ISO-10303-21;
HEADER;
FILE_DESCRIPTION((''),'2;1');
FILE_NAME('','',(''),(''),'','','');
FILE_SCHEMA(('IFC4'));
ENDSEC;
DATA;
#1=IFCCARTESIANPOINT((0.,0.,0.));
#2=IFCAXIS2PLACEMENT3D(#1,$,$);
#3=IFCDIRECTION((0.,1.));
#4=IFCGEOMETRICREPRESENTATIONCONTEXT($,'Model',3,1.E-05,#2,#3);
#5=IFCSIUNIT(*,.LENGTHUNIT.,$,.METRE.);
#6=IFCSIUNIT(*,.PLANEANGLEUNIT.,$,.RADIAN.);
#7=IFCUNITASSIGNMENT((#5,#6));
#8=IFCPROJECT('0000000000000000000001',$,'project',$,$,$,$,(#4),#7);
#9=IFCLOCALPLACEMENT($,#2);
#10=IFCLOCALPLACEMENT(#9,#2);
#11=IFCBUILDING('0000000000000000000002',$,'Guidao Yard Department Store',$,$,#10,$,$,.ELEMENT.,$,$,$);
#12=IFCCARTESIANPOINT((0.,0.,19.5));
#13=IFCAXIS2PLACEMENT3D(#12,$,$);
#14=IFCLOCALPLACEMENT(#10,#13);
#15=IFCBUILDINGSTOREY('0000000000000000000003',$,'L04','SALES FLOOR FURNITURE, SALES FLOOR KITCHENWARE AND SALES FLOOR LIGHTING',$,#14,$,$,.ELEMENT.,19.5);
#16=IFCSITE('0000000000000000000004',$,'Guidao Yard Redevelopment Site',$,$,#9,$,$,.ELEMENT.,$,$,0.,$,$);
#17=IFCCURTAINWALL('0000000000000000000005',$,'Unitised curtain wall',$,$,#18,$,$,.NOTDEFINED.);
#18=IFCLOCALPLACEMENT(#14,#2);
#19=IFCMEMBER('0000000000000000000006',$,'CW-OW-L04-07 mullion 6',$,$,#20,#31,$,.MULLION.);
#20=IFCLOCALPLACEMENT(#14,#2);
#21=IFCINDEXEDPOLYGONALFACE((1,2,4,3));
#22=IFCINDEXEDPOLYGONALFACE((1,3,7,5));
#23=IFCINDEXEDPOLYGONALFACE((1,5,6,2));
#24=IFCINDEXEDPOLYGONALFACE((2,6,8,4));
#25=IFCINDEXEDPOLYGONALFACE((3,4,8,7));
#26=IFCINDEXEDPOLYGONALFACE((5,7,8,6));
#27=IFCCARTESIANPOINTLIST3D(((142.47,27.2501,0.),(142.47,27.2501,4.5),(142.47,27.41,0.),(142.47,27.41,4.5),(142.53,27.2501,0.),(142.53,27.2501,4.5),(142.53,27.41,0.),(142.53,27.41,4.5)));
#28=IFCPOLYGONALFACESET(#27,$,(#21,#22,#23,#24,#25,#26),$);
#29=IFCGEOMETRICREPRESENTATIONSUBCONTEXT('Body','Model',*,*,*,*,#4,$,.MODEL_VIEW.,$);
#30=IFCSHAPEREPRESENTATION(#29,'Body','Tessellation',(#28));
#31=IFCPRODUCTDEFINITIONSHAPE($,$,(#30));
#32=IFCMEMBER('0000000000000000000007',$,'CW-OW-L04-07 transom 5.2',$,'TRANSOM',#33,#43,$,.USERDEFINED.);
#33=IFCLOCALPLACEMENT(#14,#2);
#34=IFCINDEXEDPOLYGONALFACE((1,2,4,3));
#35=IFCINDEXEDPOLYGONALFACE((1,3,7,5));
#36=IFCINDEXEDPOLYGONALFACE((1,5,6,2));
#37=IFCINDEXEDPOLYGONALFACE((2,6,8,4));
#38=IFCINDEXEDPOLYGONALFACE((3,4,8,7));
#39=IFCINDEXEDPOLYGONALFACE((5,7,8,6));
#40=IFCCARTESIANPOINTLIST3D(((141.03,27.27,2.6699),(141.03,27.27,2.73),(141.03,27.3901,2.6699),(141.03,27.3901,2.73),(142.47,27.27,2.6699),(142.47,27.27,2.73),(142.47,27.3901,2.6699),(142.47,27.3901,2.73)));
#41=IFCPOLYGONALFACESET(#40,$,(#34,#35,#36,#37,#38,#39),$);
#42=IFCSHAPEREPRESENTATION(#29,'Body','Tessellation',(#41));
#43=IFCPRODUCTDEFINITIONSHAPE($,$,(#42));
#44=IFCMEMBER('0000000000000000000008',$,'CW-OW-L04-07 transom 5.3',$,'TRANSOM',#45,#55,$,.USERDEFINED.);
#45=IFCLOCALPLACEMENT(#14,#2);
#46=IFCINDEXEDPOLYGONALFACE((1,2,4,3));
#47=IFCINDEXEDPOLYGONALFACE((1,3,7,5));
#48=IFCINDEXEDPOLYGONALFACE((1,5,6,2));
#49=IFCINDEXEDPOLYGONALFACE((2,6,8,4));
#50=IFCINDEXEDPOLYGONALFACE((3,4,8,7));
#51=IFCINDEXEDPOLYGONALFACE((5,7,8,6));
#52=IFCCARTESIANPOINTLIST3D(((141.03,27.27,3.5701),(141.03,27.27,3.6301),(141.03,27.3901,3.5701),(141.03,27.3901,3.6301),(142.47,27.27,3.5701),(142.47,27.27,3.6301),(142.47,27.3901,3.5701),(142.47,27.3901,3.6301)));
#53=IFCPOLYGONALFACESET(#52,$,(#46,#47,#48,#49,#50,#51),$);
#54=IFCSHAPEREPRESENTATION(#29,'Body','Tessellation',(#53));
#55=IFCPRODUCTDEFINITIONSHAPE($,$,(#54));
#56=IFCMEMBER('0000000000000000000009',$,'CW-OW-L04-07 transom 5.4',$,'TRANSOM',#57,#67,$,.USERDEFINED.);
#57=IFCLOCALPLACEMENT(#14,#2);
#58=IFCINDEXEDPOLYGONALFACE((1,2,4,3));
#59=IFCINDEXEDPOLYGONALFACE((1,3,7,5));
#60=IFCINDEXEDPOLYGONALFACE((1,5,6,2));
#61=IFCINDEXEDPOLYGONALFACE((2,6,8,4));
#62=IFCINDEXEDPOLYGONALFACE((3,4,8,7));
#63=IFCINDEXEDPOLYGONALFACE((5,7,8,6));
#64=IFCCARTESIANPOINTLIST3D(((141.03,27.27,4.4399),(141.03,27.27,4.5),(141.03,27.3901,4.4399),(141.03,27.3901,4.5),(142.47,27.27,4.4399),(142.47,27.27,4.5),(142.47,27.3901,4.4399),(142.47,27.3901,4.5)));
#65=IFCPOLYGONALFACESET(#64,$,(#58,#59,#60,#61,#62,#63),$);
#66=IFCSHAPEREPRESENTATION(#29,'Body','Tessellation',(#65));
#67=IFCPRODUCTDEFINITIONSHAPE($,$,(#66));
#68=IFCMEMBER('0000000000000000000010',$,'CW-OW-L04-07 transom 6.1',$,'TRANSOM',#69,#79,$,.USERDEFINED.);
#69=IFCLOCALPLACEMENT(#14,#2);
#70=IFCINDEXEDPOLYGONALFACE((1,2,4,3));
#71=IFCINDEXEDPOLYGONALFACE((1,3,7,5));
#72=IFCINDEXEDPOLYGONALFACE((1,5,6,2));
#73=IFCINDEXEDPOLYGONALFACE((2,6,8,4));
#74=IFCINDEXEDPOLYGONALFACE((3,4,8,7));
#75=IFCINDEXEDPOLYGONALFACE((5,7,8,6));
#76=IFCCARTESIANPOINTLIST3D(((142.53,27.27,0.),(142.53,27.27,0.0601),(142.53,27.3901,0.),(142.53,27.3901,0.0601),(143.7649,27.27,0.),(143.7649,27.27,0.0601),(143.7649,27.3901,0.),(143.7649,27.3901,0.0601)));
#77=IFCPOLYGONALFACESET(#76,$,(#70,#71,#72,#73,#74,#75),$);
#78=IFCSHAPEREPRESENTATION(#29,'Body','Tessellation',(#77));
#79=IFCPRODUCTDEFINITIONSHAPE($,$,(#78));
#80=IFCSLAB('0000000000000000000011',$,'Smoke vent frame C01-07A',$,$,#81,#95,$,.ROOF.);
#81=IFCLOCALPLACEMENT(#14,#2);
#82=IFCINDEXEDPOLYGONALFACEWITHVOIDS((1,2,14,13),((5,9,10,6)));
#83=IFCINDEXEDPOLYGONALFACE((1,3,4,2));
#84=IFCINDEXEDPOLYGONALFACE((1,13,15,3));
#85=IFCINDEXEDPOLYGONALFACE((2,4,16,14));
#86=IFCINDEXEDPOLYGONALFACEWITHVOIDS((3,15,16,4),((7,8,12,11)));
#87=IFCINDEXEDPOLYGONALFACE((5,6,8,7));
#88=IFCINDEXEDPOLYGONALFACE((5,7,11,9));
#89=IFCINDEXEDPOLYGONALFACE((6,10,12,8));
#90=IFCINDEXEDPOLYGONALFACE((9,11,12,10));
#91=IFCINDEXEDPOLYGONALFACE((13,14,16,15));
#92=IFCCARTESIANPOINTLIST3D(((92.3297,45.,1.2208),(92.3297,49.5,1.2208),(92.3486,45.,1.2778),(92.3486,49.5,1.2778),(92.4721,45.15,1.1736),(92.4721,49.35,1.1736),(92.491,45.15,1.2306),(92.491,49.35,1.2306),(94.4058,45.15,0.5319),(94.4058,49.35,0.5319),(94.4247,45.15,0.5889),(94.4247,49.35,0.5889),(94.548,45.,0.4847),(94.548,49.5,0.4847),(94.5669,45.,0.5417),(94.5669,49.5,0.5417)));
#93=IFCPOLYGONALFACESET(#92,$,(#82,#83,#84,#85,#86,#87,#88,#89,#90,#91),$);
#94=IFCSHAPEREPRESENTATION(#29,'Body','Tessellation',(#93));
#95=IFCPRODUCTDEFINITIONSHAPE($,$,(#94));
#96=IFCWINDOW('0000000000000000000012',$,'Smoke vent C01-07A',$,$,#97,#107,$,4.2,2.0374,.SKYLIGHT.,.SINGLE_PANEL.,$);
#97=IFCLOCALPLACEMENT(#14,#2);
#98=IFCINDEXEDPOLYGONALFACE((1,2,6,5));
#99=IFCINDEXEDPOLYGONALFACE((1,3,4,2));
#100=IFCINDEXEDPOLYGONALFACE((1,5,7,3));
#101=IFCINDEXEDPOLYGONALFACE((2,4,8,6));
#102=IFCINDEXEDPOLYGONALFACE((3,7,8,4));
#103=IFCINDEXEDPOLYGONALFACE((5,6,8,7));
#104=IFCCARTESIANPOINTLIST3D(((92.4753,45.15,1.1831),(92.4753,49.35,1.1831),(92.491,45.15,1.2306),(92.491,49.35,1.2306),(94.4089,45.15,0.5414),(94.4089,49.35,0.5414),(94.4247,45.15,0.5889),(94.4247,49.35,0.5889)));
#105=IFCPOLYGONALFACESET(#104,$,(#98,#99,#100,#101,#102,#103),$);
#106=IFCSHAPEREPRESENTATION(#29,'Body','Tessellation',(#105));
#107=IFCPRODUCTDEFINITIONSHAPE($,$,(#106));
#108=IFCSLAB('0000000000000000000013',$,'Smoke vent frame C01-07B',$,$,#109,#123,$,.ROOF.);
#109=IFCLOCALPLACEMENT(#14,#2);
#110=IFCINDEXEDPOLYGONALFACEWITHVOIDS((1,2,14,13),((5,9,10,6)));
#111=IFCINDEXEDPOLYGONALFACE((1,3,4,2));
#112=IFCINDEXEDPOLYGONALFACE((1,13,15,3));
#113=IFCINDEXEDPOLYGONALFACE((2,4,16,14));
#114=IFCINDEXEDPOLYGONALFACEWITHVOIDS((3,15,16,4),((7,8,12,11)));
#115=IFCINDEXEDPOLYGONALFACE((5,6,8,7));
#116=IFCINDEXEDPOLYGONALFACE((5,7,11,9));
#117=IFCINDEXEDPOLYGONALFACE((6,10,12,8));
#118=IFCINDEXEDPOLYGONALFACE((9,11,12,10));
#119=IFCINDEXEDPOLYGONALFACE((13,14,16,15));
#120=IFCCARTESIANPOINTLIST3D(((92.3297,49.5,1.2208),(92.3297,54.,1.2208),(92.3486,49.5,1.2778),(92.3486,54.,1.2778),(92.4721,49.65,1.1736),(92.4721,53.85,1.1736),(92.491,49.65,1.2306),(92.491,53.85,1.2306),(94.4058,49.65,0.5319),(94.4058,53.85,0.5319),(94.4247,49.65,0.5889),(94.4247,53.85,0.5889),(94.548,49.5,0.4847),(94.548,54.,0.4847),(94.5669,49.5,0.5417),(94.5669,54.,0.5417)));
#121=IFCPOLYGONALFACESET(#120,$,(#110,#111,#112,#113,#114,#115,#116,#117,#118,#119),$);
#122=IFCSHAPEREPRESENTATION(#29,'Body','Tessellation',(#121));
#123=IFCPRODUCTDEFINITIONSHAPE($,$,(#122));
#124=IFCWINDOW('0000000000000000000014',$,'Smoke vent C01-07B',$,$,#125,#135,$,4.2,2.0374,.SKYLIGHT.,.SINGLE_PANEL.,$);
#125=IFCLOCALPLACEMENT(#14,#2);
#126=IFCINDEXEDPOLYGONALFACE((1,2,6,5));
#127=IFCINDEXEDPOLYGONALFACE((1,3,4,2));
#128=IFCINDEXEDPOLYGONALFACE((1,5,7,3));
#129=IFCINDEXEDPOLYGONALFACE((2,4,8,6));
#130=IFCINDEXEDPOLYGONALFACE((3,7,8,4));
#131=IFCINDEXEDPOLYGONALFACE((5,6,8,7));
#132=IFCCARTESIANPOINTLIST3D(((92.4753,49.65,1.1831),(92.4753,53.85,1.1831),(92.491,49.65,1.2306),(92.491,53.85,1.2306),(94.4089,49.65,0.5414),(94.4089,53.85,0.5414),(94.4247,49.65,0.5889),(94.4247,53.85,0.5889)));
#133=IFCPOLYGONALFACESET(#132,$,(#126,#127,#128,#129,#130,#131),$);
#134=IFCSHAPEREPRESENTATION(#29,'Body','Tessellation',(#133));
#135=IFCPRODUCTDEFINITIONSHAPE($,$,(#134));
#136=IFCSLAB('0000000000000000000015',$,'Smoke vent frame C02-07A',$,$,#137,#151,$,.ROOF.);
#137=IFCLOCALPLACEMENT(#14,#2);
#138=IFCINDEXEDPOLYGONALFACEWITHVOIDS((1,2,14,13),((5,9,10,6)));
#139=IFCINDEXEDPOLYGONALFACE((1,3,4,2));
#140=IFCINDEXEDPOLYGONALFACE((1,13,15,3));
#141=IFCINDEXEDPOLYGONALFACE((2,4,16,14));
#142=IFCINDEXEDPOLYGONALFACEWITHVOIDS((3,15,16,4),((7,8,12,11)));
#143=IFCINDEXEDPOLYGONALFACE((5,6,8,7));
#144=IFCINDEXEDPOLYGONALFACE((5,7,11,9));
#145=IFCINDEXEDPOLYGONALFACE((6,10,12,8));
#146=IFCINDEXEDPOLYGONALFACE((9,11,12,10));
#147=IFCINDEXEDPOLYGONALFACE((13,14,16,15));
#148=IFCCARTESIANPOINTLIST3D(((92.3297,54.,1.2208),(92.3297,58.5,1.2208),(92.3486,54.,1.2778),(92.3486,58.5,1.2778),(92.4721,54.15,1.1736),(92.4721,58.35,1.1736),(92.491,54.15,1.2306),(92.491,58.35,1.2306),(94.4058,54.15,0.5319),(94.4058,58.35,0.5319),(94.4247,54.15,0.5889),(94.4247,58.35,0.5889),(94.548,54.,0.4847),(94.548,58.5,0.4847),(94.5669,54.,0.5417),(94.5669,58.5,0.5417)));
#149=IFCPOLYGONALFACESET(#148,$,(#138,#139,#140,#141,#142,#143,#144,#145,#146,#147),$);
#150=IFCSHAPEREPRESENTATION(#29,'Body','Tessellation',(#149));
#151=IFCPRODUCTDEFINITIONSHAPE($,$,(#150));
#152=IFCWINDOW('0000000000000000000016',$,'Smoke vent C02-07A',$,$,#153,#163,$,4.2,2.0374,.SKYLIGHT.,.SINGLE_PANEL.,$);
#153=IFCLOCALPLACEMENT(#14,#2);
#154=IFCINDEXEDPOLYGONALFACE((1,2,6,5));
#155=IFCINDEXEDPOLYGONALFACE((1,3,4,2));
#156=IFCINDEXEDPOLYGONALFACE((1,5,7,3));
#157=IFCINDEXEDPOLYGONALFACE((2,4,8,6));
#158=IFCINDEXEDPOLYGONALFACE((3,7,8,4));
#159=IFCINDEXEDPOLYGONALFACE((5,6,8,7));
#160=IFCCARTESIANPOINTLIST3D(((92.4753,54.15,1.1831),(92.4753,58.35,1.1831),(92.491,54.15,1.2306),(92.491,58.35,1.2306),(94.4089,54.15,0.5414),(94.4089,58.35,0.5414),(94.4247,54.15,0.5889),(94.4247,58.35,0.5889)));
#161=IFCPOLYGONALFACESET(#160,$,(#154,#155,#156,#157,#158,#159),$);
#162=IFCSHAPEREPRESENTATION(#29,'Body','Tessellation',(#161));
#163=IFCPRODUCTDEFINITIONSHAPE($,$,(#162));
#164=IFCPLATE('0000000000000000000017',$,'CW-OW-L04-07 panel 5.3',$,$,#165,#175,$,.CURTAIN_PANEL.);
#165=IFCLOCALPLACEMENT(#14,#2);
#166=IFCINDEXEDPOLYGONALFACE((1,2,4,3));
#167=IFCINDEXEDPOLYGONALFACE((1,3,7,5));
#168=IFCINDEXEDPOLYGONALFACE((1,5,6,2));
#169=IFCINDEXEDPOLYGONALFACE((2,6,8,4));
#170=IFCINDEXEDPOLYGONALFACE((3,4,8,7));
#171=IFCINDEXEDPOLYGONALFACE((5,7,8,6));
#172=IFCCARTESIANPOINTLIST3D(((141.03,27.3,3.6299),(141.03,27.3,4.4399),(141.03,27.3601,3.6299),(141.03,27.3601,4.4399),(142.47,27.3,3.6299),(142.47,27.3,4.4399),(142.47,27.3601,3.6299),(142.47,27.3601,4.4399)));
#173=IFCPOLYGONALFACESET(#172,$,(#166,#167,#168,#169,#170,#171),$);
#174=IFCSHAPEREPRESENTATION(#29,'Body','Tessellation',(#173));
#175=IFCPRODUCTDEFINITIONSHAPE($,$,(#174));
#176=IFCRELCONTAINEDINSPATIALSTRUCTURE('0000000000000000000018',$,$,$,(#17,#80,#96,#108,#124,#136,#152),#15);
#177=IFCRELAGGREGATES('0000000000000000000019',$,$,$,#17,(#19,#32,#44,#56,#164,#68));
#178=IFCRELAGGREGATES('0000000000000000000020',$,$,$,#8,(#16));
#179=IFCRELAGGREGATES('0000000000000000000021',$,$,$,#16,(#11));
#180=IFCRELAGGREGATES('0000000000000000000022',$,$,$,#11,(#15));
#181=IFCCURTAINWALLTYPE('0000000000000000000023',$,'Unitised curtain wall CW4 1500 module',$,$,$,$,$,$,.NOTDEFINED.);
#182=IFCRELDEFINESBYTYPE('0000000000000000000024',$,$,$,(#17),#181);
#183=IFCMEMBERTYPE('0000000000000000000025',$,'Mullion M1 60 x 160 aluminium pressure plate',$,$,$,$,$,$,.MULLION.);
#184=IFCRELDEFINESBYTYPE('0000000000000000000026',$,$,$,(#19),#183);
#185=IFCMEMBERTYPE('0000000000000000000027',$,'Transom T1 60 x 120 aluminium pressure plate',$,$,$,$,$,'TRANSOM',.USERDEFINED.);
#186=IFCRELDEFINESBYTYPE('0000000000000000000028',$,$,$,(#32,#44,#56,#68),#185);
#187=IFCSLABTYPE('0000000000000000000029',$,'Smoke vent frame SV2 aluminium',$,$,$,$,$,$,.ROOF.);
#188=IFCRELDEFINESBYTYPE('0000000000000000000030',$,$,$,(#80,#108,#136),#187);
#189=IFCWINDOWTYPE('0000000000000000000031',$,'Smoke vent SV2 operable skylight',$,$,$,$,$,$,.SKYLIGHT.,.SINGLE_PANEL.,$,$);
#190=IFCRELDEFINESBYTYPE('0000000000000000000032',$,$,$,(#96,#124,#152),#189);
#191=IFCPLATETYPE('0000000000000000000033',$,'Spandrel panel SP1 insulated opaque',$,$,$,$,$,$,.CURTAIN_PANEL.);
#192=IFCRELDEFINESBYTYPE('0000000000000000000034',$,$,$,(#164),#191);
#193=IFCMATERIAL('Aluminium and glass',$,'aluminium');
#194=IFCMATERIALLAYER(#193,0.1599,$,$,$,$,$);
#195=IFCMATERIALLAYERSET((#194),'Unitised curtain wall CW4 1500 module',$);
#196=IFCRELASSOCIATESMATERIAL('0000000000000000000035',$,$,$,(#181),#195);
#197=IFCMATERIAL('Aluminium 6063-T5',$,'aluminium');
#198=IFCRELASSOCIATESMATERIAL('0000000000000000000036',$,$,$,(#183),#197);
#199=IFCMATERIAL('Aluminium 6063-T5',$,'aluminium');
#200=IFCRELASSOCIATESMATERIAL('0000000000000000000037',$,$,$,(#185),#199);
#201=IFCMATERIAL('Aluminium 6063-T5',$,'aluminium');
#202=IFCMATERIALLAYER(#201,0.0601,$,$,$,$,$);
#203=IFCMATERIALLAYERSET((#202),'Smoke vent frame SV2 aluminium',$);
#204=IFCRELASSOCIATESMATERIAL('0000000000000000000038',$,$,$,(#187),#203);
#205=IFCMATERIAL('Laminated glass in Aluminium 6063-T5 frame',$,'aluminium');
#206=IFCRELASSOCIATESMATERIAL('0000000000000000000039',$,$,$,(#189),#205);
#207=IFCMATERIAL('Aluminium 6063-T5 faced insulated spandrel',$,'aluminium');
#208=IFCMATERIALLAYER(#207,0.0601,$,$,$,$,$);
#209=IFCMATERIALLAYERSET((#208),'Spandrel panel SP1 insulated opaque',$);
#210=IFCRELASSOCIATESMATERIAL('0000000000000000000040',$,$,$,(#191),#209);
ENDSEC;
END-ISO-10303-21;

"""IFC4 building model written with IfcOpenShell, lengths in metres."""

from ifc_helpers import new_model, si_unit, direction, frame, origin, origin_2d, place, context, subcontext, project, spatial, polyline, rectangle, outline, extrude, material, layer, layer_set, material_profile, profile_set, type_object, element, fill, aggregate, save


model = new_model("IFC4")

# Units and contexts
model_context = context("Model", 3, precision=1e-05, world=origin(), true_north=direction((0.0, 1.0)))
body_context = subcontext(model_context, "Body", "Model", "MODEL_VIEW")
ifc_project = project(units=[si_unit("LENGTHUNIT", "METRE"), si_unit("PLANEANGLEUNIT", "RADIAN")], contexts=[model_context])

# Site, building, storey
site_placement = place(None, origin())
site = spatial("IfcSite", under=ifc_project, at=site_placement, Name="Guidao Yard Redevelopment Site", CompositionType="ELEMENT", RefElevation=0.0)
building_placement = place(site_placement, origin())
building = spatial("IfcBuilding", under=site, at=building_placement, Name="Guidao Yard Department Store", CompositionType="ELEMENT")
storey_placement = place(building_placement, frame((0.0, 0.0, 19.5)))
storey = spatial("IfcBuildingStorey", under=building, at=storey_placement, Name="L04", Description="SALES FLOOR FURNITURE, SALES FLOOR KITCHENWARE AND SALES FLOOR LIGHTING", CompositionType="ELEMENT", Elevation=19.5)

# Curtain wall, members
ifc_material_1 = material(Name="Aluminium and glass", Category="aluminium")
ifc_layer_1 = layer(ifc_material_1, 0.1599)
ifc_layer_set_1 = layer_set([ifc_layer_1], Name="Unitised curtain wall CW4 1500 module")
curtain_wall_type = type_object("IfcCurtainWallType", Name="Unitised curtain wall CW4 1500 module", PredefinedType="NOTDEFINED", material=ifc_layer_set_1)
curtain_wall_placement = place(storey_placement, origin())
curtain_wall = element("IfcCurtainWall", 1, at=curtain_wall_placement, inside=storey, type_object=curtain_wall_type, Name="Unitised curtain wall", PredefinedType="NOTDEFINED")
ifc_material_2 = material(Name="Aluminium 6063-T5", Category="aluminium")
ifc_material_profile_1 = material_profile(ifc_material_2, rectangle(XDim=0.0601, YDim=0.1599, at=origin_2d()), Name="Mullion M1 60 x 160 aluminium pressure plate")
ifc_profile_set_1 = profile_set([ifc_material_profile_1], Name="Aluminium 6063-T5")
member_type_1 = type_object("IfcMemberType", Name="Mullion M1 60 x 160 aluminium pressure plate", PredefinedType="MULLION", material=ifc_profile_set_1)
member_1_placement = place(storey_placement, frame((142.5, 27.3301, 0.0), z_axis=(0.0, 0.0, 1.0), x_axis=(1.0, 0.0, 0.0)))
member_1 = element("IfcMember", 2, at=member_1_placement, type_object=member_type_1, Name="CW-OW-L04-07 mullion 6", PredefinedType="MULLION", context=body_context, shape_type="SweptSolid", body=[
    extrude(rectangle(XDim=0.0601, YDim=0.1599, at=origin_2d()), origin(), (0.0, 0.0, 1.0), 4.5),
])
ifc_material_3 = material(Name="Aluminium 6063-T5", Category="aluminium")
ifc_material_profile_2 = material_profile(ifc_material_3, rectangle(XDim=0.1201, YDim=0.0601, at=origin_2d()), Name="Transom T1 60 x 120 aluminium pressure plate")
ifc_profile_set_2 = profile_set([ifc_material_profile_2], Name="Aluminium 6063-T5")
member_type_2 = type_object("IfcMemberType", Name="Transom T1 60 x 120 aluminium pressure plate", ElementType="TRANSOM", PredefinedType="USERDEFINED", material=ifc_profile_set_2)
member_2_placement = place(storey_placement, frame((141.03, 27.3301, 2.7), z_axis=(1.0, 0.0, 0.0), x_axis=(0.0, 1.0, 0.0)))
member_2 = element("IfcMember", 3, at=member_2_placement, type_object=member_type_2, Name="CW-OW-L04-07 transom 5.2", ObjectType="TRANSOM", PredefinedType="USERDEFINED", context=body_context, shape_type="SweptSolid", body=[
    extrude(rectangle(XDim=0.1201, YDim=0.0601, at=origin_2d()), origin(), (0.0, 0.0, 1.0), 1.4399),
])
member_3_placement = place(storey_placement, frame((141.03, 27.3301, 3.6001), z_axis=(1.0, 0.0, 0.0), x_axis=(0.0, 1.0, 0.0)))
member_3 = element("IfcMember", 4, at=member_3_placement, type_object=member_type_2, Name="CW-OW-L04-07 transom 5.3", ObjectType="TRANSOM", PredefinedType="USERDEFINED", context=body_context, shape_type="SweptSolid", body=[
    extrude(rectangle(XDim=0.1201, YDim=0.0601, at=origin_2d()), origin(), (0.0, 0.0, 1.0), 1.4399),
])
member_4_placement = place(storey_placement, frame((141.03, 27.3301, 4.47), z_axis=(1.0, 0.0, 0.0), x_axis=(0.0, 1.0, 0.0)))
member_4 = element("IfcMember", 5, at=member_4_placement, type_object=member_type_2, Name="CW-OW-L04-07 transom 5.4", ObjectType="TRANSOM", PredefinedType="USERDEFINED", context=body_context, shape_type="SweptSolid", body=[
    extrude(rectangle(XDim=0.1201, YDim=0.0601, at=origin_2d()), origin(), (0.0, 0.0, 1.0), 1.4399),
])
member_5_placement = place(storey_placement, frame((142.53, 27.3301, 0.03), z_axis=(1.0, 0.0, 0.0), x_axis=(0.0, 1.0, 0.0)))
member_5 = element("IfcMember", 6, at=member_5_placement, type_object=member_type_2, Name="CW-OW-L04-07 transom 6.1", ObjectType="TRANSOM", PredefinedType="USERDEFINED", context=body_context, shape_type="SweptSolid", body=[
    extrude(rectangle(XDim=0.1201, YDim=0.0601, at=origin_2d()), origin(), (0.0, 0.0, 1.0), 1.2349),
])

# Slabs, openings, windows
ifc_material_4 = material(Name="Aluminium 6063-T5", Category="aluminium")
ifc_layer_2 = layer(ifc_material_4, 0.0601)
ifc_layer_set_2 = layer_set([ifc_layer_2], Name="Smoke vent frame SV2 aluminium")
slab_type = type_object("IfcSlabType", Name="Smoke vent frame SV2 aluminium", PredefinedType="ROOF", material=ifc_layer_set_2)
slab_1_placement = place(storey_placement, frame((92.3486, 45.0, 1.2778), z_axis=(0.314943, 0.0, 0.949111), x_axis=(0.949111, 0.0, -0.314943)))
slab_1 = element("IfcSlab", 7, at=slab_1_placement, inside=storey, type_object=slab_type, Name="Smoke vent frame C01-07A", PredefinedType="ROOF", context=body_context, shape_type="SweptSolid", body=[
    extrude(outline(polyline([(0.0, 0.0), (2.3372, 0.0), (2.3372, 4.5), (0.0, 4.5), (0.0, 0.0)])), origin(), (0.0, 0.0, -1.0), 0.0601),
])
opening_1_placement = place(slab_1_placement, frame((1.1687, 2.25, 0.0)))
opening_1 = element("IfcOpeningElement", 8, at=opening_1_placement, cuts=slab_1, PredefinedType="OPENING", context=body_context, shape_type="SweptSolid", body=[
    extrude(rectangle(XDim=2.0374, YDim=4.2, at=origin_2d()), frame((0.0, 0.0, 0.01)), (0.0, 0.0, -1.0), 0.0801),
])
ifc_material_5 = material(Name="Laminated glass in Aluminium 6063-T5 frame", Category="aluminium")
window_type = type_object("IfcWindowType", Name="Smoke vent SV2 operable skylight", PartitioningType="SINGLE_PANEL", PredefinedType="SKYLIGHT", material=ifc_material_5)
window_1_placement = place(opening_1_placement, frame((0.0, 0.0, -0.05)))
window_1 = element("IfcWindow", 9, at=window_1_placement, inside=storey, type_object=window_type, Name="Smoke vent C01-07A", OverallHeight=4.2, OverallWidth=2.0374, PartitioningType="SINGLE_PANEL", PredefinedType="SKYLIGHT", context=body_context, shape_type="SweptSolid", body=[
    extrude(rectangle(XDim=2.0374, YDim=4.2, at=origin_2d()), origin(), (0.0, 0.0, 1.0), 0.05),
])
fill(opening_1, window_1)
slab_2_placement = place(storey_placement, frame((92.3486, 49.5, 1.2778), z_axis=(0.314943, 0.0, 0.949111), x_axis=(0.949111, 0.0, -0.314943)))
slab_2 = element("IfcSlab", 10, at=slab_2_placement, inside=storey, type_object=slab_type, Name="Smoke vent frame C01-07B", PredefinedType="ROOF", context=body_context, shape_type="SweptSolid", body=[
    extrude(outline(polyline([(0.0, 0.0), (2.3372, 0.0), (2.3372, 4.5), (0.0, 4.5), (0.0, 0.0)])), origin(), (0.0, 0.0, -1.0), 0.0601),
])
opening_2_placement = place(slab_2_placement, frame((1.1687, 2.25, 0.0)))
opening_2 = element("IfcOpeningElement", 11, at=opening_2_placement, cuts=slab_2, PredefinedType="OPENING", context=body_context, shape_type="SweptSolid", body=[
    extrude(rectangle(XDim=2.0374, YDim=4.2, at=origin_2d()), frame((0.0, 0.0, 0.01)), (0.0, 0.0, -1.0), 0.0801),
])
window_2_placement = place(opening_2_placement, frame((0.0, 0.0, -0.05)))
window_2 = element("IfcWindow", 12, at=window_2_placement, inside=storey, type_object=window_type, Name="Smoke vent C01-07B", OverallHeight=4.2, OverallWidth=2.0374, PartitioningType="SINGLE_PANEL", PredefinedType="SKYLIGHT", context=body_context, shape_type="SweptSolid", body=[
    extrude(rectangle(XDim=2.0374, YDim=4.2, at=origin_2d()), origin(), (0.0, 0.0, 1.0), 0.05),
])
fill(opening_2, window_2)
slab_3_placement = place(storey_placement, frame((92.3486, 54.0, 1.2778), z_axis=(0.314943, 0.0, 0.949111), x_axis=(0.949111, 0.0, -0.314943)))
slab_3 = element("IfcSlab", 13, at=slab_3_placement, inside=storey, type_object=slab_type, Name="Smoke vent frame C02-07A", PredefinedType="ROOF", context=body_context, shape_type="SweptSolid", body=[
    extrude(outline(polyline([(0.0, 0.0), (2.3372, 0.0), (2.3372, 4.5), (0.0, 4.5), (0.0, 0.0)])), origin(), (0.0, 0.0, -1.0), 0.0601),
])
opening_3_placement = place(slab_3_placement, frame((1.1687, 2.25, 0.0)))
opening_3 = element("IfcOpeningElement", 14, at=opening_3_placement, cuts=slab_3, PredefinedType="OPENING", context=body_context, shape_type="SweptSolid", body=[
    extrude(rectangle(XDim=2.0374, YDim=4.2, at=origin_2d()), frame((0.0, 0.0, 0.01)), (0.0, 0.0, -1.0), 0.0801),
])
window_3_placement = place(opening_3_placement, frame((0.0, 0.0, -0.05)))
window_3 = element("IfcWindow", 15, at=window_3_placement, inside=storey, type_object=window_type, Name="Smoke vent C02-07A", OverallHeight=4.2, OverallWidth=2.0374, PartitioningType="SINGLE_PANEL", PredefinedType="SKYLIGHT", context=body_context, shape_type="SweptSolid", body=[
    extrude(rectangle(XDim=2.0374, YDim=4.2, at=origin_2d()), origin(), (0.0, 0.0, 1.0), 0.05),
])
fill(opening_3, window_3)

# Plate
ifc_material_6 = material(Name="Aluminium 6063-T5 faced insulated spandrel", Category="aluminium")
ifc_layer_3 = layer(ifc_material_6, 0.0601)
ifc_layer_set_3 = layer_set([ifc_layer_3], Name="Spandrel panel SP1 insulated opaque")
plate_type_1 = type_object("IfcPlateType", Name="Spandrel panel SP1 insulated opaque", PredefinedType="CURTAIN_PANEL", material=ifc_layer_set_3)
plate_1_placement = place(storey_placement, frame((141.75, 27.3301, 3.6299), z_axis=(0.0, 0.0, 1.0), x_axis=(1.0, 0.0, 0.0)))
plate_1 = element("IfcPlate", 16, at=plate_1_placement, type_object=plate_type_1, Name="CW-OW-L04-07 panel 5.3", PredefinedType="CURTAIN_PANEL", context=body_context, shape_type="SweptSolid", body=[
    extrude(rectangle(XDim=1.4399, YDim=0.0601, at=origin_2d()), origin(), (0.0, 0.0, 1.0), 0.8101),
])
aggregate(curtain_wall, [member_1, member_2, member_3, member_4, plate_1, member_5])

save(model, "model.ifc")
